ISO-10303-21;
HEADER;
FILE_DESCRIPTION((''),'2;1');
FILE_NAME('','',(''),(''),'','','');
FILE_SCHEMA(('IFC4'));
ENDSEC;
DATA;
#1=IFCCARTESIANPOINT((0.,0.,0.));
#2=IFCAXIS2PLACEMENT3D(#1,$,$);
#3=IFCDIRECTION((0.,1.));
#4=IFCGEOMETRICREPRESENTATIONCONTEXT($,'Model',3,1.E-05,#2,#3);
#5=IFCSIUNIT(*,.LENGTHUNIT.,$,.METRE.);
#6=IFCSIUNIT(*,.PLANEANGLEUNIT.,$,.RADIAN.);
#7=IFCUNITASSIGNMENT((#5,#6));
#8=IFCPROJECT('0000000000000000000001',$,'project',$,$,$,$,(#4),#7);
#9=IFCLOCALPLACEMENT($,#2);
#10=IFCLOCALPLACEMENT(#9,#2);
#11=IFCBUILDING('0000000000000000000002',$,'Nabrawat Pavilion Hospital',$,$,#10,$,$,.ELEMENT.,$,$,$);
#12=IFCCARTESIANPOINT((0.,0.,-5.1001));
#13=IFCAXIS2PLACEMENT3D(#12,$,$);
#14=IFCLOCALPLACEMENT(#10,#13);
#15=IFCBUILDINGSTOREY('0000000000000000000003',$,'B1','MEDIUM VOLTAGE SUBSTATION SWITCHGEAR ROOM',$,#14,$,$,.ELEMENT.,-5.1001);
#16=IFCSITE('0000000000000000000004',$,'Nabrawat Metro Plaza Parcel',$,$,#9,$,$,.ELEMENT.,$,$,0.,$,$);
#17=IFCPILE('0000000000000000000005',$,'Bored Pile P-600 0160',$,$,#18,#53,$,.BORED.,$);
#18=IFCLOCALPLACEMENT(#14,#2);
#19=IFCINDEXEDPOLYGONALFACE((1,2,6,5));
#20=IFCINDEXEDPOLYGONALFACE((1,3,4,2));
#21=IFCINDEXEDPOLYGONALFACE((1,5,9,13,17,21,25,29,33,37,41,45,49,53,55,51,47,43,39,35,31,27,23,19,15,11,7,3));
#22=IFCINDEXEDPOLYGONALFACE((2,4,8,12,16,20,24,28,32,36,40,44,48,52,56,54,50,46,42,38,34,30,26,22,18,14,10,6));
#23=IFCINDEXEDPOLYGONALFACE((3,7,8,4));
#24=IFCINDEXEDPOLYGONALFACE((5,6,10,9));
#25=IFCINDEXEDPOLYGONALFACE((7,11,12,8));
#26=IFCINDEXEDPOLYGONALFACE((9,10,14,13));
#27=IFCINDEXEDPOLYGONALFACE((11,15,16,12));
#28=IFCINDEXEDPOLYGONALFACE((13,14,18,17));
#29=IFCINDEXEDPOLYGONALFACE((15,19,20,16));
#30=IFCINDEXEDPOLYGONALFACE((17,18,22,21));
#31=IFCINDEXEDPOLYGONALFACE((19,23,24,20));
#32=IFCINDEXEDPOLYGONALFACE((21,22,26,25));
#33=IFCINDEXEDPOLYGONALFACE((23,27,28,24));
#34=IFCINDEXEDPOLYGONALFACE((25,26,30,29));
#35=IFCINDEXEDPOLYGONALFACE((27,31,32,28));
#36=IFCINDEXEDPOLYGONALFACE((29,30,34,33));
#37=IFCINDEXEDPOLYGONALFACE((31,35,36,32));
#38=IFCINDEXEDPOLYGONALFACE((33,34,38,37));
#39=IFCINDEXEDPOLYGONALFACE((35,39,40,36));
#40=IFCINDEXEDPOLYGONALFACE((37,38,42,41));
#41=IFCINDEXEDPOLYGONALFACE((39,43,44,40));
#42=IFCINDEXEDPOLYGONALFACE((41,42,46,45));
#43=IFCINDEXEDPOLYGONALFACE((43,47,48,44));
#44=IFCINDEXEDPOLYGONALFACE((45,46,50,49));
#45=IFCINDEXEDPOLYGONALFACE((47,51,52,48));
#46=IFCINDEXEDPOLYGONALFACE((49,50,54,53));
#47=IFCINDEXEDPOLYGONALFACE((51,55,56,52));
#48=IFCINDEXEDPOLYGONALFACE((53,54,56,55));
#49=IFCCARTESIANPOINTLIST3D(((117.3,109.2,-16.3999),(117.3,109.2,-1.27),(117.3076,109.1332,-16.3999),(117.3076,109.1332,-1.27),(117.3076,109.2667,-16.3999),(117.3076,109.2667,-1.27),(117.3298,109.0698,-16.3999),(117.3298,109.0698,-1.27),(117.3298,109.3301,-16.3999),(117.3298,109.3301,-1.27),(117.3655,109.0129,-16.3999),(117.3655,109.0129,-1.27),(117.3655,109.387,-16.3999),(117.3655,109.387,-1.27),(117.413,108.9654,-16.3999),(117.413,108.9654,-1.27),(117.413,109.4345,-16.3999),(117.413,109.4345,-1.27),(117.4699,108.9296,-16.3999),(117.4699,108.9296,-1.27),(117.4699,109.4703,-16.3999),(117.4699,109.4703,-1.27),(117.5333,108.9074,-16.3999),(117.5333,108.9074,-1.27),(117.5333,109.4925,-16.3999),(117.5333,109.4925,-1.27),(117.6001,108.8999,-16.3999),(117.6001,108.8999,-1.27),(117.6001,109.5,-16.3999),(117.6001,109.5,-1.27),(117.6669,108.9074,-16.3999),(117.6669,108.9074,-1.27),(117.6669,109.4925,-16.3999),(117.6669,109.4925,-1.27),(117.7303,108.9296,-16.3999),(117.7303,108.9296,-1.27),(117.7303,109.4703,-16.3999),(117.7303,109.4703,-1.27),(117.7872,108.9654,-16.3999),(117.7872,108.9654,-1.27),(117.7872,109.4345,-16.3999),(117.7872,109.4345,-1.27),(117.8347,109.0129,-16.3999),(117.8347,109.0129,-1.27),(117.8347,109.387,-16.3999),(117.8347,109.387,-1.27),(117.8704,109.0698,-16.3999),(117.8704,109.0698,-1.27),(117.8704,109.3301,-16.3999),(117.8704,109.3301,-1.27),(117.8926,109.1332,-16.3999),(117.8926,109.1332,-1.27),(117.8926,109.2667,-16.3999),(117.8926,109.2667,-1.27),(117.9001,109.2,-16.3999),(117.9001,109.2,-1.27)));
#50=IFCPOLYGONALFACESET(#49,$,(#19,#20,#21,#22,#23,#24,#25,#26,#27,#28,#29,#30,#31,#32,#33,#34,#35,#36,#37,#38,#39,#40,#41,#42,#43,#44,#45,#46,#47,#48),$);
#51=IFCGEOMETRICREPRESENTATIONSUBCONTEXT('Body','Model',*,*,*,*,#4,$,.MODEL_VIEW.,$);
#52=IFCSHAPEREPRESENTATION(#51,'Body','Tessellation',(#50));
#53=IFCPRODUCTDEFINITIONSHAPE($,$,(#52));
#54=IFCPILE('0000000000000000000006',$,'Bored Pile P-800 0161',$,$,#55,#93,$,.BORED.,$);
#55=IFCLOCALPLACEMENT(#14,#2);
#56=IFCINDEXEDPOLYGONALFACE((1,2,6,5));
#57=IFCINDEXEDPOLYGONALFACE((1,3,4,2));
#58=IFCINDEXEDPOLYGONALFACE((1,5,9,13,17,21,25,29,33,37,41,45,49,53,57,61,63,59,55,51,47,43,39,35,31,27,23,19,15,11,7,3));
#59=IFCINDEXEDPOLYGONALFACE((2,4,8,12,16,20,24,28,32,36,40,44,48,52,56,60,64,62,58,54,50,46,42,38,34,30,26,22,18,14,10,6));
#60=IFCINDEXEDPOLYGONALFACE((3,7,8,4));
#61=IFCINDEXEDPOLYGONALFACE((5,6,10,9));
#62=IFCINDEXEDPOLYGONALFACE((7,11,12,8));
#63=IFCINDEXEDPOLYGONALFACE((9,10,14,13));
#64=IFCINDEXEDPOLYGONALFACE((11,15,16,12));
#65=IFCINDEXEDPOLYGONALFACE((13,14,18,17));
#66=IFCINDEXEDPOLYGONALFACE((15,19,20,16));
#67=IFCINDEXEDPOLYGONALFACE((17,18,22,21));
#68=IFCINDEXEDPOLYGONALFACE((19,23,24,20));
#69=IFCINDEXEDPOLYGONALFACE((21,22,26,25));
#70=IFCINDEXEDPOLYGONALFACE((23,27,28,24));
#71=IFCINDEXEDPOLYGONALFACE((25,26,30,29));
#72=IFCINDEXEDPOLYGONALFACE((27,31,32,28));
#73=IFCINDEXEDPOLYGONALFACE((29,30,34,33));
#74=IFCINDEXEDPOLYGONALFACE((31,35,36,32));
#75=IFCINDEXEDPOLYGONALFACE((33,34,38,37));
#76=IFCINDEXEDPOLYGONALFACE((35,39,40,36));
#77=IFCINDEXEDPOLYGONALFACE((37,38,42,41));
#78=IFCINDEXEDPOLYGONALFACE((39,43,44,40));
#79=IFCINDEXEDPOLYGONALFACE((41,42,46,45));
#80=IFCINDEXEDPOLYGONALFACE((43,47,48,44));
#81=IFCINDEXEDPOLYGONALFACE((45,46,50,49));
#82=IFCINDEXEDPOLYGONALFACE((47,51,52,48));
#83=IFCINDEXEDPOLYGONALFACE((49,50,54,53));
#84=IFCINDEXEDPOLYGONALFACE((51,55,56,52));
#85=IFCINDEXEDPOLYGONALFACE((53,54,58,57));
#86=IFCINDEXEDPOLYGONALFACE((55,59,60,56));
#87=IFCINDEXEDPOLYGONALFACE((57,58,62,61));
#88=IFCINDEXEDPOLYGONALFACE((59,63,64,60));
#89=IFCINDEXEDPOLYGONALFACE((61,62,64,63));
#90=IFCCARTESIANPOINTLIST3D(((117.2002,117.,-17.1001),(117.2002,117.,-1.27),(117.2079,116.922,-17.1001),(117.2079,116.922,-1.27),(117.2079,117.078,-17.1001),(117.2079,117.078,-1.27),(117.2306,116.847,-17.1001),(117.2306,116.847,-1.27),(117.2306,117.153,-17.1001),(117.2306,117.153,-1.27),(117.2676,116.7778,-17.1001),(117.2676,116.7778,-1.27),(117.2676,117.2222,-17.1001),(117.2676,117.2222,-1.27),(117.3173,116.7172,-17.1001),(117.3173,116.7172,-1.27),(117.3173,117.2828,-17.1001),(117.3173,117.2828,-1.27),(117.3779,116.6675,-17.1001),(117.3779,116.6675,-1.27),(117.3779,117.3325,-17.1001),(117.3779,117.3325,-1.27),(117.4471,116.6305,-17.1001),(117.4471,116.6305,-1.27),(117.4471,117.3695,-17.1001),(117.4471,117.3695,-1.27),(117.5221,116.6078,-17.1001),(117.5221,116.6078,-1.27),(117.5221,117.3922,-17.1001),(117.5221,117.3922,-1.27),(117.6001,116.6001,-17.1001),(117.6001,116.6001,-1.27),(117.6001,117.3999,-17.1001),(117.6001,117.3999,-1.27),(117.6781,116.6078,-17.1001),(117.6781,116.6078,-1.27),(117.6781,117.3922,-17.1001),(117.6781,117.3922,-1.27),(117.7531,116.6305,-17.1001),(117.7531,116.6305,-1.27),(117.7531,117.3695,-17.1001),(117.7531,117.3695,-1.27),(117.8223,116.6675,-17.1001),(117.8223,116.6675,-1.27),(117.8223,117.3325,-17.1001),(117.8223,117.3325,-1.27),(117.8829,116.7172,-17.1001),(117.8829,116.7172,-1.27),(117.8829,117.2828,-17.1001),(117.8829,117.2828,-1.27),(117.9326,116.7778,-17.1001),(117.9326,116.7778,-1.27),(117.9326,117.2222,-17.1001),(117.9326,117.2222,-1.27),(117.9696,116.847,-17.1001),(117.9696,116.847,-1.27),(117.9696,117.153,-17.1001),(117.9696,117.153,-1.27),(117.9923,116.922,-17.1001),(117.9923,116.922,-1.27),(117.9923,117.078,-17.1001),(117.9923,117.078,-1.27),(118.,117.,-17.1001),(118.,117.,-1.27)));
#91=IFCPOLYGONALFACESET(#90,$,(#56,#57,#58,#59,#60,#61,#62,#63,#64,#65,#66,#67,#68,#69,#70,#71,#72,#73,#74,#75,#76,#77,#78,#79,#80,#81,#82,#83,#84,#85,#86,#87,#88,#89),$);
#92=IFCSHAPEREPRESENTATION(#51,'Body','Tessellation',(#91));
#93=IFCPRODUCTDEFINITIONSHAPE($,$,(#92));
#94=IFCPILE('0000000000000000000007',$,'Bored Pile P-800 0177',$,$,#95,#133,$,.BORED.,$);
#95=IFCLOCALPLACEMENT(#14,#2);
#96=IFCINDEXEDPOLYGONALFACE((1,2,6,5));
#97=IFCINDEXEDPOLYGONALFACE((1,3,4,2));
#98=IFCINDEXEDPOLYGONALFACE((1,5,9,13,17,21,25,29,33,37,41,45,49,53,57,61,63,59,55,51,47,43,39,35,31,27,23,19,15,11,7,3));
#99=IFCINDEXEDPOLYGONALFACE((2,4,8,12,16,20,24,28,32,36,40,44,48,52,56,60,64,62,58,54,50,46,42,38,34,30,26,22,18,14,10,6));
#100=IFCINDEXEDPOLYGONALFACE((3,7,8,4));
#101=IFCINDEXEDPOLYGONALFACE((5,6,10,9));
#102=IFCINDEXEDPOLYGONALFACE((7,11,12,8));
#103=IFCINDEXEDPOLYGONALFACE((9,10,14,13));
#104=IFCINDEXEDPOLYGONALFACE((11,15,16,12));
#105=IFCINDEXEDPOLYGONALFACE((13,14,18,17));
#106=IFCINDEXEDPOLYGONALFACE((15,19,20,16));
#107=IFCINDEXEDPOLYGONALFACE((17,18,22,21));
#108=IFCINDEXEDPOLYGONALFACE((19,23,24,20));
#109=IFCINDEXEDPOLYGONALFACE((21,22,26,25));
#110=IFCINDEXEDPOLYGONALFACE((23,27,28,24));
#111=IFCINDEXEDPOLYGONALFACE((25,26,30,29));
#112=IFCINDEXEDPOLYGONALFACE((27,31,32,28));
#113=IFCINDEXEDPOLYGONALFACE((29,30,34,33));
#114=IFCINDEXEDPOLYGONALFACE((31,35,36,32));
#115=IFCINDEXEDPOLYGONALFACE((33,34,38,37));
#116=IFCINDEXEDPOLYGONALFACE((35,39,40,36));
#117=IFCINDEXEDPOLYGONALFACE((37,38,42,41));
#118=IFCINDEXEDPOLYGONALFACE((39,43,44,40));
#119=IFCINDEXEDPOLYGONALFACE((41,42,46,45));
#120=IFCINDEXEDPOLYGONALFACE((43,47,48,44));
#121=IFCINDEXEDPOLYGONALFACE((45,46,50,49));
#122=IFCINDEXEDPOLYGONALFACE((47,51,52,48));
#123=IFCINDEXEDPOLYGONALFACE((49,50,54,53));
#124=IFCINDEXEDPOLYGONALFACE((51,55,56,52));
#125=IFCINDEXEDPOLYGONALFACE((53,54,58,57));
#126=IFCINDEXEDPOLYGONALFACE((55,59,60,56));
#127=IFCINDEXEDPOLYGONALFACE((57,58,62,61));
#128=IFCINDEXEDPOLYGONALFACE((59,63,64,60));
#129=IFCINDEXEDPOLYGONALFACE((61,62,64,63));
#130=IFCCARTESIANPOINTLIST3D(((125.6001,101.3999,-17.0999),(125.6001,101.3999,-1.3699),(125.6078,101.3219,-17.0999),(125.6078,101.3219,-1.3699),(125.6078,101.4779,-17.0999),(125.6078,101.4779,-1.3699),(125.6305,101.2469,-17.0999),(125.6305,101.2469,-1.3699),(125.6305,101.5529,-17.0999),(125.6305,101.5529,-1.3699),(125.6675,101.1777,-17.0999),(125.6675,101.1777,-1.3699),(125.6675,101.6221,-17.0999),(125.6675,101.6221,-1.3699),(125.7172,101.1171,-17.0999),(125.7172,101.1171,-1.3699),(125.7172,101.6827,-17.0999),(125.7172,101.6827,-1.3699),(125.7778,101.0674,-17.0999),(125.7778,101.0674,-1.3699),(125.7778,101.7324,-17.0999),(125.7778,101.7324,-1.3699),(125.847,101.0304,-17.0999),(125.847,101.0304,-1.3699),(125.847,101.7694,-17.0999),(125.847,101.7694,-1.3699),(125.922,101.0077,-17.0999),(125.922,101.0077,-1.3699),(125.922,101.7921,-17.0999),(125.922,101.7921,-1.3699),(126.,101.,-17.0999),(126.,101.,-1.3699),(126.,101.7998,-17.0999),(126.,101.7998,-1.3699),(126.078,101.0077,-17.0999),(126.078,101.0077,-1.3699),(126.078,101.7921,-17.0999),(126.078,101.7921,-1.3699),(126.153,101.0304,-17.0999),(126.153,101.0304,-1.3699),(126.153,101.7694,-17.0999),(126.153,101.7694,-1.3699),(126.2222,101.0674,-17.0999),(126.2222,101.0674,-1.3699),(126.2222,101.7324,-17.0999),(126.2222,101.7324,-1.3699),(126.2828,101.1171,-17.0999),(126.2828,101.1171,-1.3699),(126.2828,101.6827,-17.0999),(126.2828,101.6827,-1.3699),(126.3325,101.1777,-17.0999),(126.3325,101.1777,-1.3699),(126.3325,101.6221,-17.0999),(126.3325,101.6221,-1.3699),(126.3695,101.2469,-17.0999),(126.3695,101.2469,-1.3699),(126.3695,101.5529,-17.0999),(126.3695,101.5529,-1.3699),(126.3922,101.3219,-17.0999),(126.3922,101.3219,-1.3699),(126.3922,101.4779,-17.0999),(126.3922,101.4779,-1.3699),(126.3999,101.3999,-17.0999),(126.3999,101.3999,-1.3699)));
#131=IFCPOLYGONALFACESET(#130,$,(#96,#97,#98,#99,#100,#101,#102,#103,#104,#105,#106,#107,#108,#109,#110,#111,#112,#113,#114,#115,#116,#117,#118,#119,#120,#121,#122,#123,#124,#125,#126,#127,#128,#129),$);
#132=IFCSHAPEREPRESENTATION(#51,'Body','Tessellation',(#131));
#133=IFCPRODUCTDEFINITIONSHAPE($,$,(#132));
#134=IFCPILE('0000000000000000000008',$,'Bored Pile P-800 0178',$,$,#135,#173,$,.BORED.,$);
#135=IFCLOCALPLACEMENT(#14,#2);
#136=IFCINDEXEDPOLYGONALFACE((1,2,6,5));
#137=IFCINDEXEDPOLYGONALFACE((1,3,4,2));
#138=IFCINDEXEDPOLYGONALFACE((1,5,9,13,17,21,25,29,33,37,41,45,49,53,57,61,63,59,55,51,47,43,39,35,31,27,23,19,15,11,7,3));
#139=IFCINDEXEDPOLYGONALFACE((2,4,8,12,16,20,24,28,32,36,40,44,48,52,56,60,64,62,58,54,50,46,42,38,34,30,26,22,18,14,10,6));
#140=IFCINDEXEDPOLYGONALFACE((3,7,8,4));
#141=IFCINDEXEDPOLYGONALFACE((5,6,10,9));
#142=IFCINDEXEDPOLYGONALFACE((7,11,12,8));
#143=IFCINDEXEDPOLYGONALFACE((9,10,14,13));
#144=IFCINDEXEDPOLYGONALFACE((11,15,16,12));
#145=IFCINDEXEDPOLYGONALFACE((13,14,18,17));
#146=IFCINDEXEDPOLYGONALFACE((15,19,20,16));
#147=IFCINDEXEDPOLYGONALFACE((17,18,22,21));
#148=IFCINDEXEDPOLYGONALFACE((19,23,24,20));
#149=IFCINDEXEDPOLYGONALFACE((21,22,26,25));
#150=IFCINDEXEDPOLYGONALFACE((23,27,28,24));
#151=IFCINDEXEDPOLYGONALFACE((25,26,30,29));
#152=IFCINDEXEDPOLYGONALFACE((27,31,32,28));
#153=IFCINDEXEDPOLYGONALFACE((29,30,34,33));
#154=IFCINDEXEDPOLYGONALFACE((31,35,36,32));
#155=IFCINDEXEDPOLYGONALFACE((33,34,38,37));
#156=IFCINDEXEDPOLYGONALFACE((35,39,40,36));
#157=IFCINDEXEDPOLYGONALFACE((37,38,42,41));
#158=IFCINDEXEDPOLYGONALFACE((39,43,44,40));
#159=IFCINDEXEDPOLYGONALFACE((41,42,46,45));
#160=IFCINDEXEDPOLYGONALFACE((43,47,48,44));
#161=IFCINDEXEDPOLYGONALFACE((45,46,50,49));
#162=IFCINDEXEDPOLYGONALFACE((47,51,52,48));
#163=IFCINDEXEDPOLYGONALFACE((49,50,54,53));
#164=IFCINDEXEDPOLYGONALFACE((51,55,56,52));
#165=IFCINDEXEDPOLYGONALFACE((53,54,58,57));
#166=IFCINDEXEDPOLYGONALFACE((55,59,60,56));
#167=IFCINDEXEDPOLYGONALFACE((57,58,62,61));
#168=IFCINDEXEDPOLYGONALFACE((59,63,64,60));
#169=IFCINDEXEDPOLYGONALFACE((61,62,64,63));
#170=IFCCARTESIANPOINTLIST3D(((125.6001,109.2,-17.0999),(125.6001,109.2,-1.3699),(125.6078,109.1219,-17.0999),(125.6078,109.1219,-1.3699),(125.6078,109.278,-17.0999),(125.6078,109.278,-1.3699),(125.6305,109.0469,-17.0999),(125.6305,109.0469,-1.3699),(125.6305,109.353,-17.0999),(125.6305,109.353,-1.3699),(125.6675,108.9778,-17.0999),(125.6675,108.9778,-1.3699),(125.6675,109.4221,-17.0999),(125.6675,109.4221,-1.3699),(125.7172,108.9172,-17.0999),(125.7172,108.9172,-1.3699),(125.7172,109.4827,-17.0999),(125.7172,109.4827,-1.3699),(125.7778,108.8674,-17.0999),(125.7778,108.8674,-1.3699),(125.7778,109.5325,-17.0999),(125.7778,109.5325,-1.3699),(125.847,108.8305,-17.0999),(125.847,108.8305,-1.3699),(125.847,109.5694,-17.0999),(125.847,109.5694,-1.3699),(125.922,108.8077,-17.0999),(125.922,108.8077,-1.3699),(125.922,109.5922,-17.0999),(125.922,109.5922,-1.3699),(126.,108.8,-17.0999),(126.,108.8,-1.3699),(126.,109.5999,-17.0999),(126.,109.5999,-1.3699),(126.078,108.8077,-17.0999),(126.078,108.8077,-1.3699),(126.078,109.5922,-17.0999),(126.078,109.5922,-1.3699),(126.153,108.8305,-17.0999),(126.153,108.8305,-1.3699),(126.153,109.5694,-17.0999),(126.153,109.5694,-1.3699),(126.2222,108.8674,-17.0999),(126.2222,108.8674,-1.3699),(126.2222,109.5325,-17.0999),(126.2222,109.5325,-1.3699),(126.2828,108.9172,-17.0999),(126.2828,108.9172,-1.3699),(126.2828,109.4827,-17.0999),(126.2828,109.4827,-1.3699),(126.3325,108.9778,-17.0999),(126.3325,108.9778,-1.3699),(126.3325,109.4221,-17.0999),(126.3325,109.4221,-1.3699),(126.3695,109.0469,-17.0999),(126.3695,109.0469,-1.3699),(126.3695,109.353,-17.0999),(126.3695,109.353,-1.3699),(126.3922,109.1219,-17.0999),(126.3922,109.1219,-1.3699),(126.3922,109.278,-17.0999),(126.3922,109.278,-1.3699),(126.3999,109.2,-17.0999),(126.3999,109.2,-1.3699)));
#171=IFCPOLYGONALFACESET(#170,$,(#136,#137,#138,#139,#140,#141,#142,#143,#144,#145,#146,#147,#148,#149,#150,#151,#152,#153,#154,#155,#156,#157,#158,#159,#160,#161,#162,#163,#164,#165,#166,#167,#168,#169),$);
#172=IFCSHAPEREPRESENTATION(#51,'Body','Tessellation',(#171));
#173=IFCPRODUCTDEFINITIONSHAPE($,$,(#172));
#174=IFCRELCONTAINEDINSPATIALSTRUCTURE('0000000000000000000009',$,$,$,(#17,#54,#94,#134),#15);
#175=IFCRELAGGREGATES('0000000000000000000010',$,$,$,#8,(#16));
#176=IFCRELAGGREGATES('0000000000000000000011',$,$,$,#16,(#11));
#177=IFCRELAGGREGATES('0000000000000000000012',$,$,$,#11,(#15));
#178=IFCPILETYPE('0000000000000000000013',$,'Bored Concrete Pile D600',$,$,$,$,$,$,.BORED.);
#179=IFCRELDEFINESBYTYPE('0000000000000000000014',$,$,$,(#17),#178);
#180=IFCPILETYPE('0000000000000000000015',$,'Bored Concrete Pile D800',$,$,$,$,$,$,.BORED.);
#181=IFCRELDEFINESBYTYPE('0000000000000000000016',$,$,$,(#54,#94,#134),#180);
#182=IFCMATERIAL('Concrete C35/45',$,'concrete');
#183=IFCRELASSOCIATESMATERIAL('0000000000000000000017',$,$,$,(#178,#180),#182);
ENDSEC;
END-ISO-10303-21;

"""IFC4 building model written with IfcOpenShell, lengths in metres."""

from ifc_helpers import new_model, si_unit, direction, frame, origin, origin_2d, place, context, subcontext, project, spatial, circle, extrude, material, material_profile, profile_set, type_object, element, save


model = new_model("IFC4")

# Units and contexts
model_context = context("Model", 3, precision=1e-05, world=origin(), true_north=direction((0.0, 1.0)))
body_context = subcontext(model_context, "Body", "Model", "MODEL_VIEW")
ifc_project = project(units=[si_unit("LENGTHUNIT", "METRE"), si_unit("PLANEANGLEUNIT", "RADIAN")], contexts=[model_context])

# Site, building, storey
site_placement = place(None, origin())
site = spatial("IfcSite", under=ifc_project, at=site_placement, Name="Nabrawat Metro Plaza Parcel", CompositionType="ELEMENT", RefElevation=0.0)
building_placement = place(site_placement, origin())
building = spatial("IfcBuilding", under=site, at=building_placement, Name="Nabrawat Pavilion Hospital", CompositionType="ELEMENT")
storey_placement = place(building_placement, frame((0.0, 0.0, -5.1001)))
storey = spatial("IfcBuildingStorey", under=building, at=storey_placement, Name="B1", Description="MEDIUM VOLTAGE SUBSTATION SWITCHGEAR ROOM", CompositionType="ELEMENT", Elevation=-5.1001)

# Piles
ifc_material_1 = material(Name="Concrete C35/45", Category="concrete")
ifc_material_profile_1 = material_profile(ifc_material_1, circle(Radius=0.3, at=origin_2d()), Name="DIA 600")
ifc_profile_set_1 = profile_set([ifc_material_profile_1], Name="Concrete C35/45")
pile_type_1 = type_object("IfcPileType", Name="Bored Concrete Pile D600", PredefinedType="BORED", material=ifc_profile_set_1)
pile_1_placement = place(storey_placement, frame((117.6001, 109.2, -1.27), z_axis=(0.0, 0.0, -1.0), x_axis=(1.0, 0.0, 0.0)))
element("IfcPile", 1, at=pile_1_placement, inside=storey, type_object=pile_type_1, Name="Bored Pile P-600 0160", PredefinedType="BORED", context=body_context, shape_type="SweptSolid", body=[
    extrude(circle(Radius=0.3, at=origin_2d()), origin(), (0.0, 0.0, 1.0), 15.1299),
])
ifc_material_profile_2 = material_profile(ifc_material_1, circle(Radius=0.3999, at=origin_2d()), Name="DIA 800")
ifc_profile_set_2 = profile_set([ifc_material_profile_2], Name="Concrete C35/45")
pile_type_2 = type_object("IfcPileType", Name="Bored Concrete Pile D800", PredefinedType="BORED", material=ifc_profile_set_2)
pile_2_placement = place(storey_placement, frame((117.6001, 117.0, -1.27), z_axis=(0.0, 0.0, -1.0), x_axis=(1.0, 0.0, 0.0)))
element("IfcPile", 2, at=pile_2_placement, inside=storey, type_object=pile_type_2, Name="Bored Pile P-800 0161", PredefinedType="BORED", context=body_context, shape_type="SweptSolid", body=[
    extrude(circle(Radius=0.3999, at=origin_2d()), origin(), (0.0, 0.0, 1.0), 15.8301),
])
for number, where, z_axis, x_axis, name in (
    (3, (126.0, 101.3999, -1.3699), (0.0, 0.0, -1.0), (1.0, 0.0, 0.0), "Bored Pile P-800 0177"),
    (4, (126.0, 109.2, -1.3699), (0.0, 0.0, -1.0), (1.0, 0.0, 0.0), "Bored Pile P-800 0178"),
):
    element("IfcPile", number, at=place(storey_placement, frame(where, z_axis=z_axis, x_axis=x_axis)), inside=storey, type_object=pile_type_2, Name=name, PredefinedType="BORED", context=body_context, shape_type="SweptSolid", body=[
        extrude(circle(Radius=0.3999, at=origin_2d()), origin(), (0.0, 0.0, 1.0), 15.73),
    ])

save(model, "model.ifc")
